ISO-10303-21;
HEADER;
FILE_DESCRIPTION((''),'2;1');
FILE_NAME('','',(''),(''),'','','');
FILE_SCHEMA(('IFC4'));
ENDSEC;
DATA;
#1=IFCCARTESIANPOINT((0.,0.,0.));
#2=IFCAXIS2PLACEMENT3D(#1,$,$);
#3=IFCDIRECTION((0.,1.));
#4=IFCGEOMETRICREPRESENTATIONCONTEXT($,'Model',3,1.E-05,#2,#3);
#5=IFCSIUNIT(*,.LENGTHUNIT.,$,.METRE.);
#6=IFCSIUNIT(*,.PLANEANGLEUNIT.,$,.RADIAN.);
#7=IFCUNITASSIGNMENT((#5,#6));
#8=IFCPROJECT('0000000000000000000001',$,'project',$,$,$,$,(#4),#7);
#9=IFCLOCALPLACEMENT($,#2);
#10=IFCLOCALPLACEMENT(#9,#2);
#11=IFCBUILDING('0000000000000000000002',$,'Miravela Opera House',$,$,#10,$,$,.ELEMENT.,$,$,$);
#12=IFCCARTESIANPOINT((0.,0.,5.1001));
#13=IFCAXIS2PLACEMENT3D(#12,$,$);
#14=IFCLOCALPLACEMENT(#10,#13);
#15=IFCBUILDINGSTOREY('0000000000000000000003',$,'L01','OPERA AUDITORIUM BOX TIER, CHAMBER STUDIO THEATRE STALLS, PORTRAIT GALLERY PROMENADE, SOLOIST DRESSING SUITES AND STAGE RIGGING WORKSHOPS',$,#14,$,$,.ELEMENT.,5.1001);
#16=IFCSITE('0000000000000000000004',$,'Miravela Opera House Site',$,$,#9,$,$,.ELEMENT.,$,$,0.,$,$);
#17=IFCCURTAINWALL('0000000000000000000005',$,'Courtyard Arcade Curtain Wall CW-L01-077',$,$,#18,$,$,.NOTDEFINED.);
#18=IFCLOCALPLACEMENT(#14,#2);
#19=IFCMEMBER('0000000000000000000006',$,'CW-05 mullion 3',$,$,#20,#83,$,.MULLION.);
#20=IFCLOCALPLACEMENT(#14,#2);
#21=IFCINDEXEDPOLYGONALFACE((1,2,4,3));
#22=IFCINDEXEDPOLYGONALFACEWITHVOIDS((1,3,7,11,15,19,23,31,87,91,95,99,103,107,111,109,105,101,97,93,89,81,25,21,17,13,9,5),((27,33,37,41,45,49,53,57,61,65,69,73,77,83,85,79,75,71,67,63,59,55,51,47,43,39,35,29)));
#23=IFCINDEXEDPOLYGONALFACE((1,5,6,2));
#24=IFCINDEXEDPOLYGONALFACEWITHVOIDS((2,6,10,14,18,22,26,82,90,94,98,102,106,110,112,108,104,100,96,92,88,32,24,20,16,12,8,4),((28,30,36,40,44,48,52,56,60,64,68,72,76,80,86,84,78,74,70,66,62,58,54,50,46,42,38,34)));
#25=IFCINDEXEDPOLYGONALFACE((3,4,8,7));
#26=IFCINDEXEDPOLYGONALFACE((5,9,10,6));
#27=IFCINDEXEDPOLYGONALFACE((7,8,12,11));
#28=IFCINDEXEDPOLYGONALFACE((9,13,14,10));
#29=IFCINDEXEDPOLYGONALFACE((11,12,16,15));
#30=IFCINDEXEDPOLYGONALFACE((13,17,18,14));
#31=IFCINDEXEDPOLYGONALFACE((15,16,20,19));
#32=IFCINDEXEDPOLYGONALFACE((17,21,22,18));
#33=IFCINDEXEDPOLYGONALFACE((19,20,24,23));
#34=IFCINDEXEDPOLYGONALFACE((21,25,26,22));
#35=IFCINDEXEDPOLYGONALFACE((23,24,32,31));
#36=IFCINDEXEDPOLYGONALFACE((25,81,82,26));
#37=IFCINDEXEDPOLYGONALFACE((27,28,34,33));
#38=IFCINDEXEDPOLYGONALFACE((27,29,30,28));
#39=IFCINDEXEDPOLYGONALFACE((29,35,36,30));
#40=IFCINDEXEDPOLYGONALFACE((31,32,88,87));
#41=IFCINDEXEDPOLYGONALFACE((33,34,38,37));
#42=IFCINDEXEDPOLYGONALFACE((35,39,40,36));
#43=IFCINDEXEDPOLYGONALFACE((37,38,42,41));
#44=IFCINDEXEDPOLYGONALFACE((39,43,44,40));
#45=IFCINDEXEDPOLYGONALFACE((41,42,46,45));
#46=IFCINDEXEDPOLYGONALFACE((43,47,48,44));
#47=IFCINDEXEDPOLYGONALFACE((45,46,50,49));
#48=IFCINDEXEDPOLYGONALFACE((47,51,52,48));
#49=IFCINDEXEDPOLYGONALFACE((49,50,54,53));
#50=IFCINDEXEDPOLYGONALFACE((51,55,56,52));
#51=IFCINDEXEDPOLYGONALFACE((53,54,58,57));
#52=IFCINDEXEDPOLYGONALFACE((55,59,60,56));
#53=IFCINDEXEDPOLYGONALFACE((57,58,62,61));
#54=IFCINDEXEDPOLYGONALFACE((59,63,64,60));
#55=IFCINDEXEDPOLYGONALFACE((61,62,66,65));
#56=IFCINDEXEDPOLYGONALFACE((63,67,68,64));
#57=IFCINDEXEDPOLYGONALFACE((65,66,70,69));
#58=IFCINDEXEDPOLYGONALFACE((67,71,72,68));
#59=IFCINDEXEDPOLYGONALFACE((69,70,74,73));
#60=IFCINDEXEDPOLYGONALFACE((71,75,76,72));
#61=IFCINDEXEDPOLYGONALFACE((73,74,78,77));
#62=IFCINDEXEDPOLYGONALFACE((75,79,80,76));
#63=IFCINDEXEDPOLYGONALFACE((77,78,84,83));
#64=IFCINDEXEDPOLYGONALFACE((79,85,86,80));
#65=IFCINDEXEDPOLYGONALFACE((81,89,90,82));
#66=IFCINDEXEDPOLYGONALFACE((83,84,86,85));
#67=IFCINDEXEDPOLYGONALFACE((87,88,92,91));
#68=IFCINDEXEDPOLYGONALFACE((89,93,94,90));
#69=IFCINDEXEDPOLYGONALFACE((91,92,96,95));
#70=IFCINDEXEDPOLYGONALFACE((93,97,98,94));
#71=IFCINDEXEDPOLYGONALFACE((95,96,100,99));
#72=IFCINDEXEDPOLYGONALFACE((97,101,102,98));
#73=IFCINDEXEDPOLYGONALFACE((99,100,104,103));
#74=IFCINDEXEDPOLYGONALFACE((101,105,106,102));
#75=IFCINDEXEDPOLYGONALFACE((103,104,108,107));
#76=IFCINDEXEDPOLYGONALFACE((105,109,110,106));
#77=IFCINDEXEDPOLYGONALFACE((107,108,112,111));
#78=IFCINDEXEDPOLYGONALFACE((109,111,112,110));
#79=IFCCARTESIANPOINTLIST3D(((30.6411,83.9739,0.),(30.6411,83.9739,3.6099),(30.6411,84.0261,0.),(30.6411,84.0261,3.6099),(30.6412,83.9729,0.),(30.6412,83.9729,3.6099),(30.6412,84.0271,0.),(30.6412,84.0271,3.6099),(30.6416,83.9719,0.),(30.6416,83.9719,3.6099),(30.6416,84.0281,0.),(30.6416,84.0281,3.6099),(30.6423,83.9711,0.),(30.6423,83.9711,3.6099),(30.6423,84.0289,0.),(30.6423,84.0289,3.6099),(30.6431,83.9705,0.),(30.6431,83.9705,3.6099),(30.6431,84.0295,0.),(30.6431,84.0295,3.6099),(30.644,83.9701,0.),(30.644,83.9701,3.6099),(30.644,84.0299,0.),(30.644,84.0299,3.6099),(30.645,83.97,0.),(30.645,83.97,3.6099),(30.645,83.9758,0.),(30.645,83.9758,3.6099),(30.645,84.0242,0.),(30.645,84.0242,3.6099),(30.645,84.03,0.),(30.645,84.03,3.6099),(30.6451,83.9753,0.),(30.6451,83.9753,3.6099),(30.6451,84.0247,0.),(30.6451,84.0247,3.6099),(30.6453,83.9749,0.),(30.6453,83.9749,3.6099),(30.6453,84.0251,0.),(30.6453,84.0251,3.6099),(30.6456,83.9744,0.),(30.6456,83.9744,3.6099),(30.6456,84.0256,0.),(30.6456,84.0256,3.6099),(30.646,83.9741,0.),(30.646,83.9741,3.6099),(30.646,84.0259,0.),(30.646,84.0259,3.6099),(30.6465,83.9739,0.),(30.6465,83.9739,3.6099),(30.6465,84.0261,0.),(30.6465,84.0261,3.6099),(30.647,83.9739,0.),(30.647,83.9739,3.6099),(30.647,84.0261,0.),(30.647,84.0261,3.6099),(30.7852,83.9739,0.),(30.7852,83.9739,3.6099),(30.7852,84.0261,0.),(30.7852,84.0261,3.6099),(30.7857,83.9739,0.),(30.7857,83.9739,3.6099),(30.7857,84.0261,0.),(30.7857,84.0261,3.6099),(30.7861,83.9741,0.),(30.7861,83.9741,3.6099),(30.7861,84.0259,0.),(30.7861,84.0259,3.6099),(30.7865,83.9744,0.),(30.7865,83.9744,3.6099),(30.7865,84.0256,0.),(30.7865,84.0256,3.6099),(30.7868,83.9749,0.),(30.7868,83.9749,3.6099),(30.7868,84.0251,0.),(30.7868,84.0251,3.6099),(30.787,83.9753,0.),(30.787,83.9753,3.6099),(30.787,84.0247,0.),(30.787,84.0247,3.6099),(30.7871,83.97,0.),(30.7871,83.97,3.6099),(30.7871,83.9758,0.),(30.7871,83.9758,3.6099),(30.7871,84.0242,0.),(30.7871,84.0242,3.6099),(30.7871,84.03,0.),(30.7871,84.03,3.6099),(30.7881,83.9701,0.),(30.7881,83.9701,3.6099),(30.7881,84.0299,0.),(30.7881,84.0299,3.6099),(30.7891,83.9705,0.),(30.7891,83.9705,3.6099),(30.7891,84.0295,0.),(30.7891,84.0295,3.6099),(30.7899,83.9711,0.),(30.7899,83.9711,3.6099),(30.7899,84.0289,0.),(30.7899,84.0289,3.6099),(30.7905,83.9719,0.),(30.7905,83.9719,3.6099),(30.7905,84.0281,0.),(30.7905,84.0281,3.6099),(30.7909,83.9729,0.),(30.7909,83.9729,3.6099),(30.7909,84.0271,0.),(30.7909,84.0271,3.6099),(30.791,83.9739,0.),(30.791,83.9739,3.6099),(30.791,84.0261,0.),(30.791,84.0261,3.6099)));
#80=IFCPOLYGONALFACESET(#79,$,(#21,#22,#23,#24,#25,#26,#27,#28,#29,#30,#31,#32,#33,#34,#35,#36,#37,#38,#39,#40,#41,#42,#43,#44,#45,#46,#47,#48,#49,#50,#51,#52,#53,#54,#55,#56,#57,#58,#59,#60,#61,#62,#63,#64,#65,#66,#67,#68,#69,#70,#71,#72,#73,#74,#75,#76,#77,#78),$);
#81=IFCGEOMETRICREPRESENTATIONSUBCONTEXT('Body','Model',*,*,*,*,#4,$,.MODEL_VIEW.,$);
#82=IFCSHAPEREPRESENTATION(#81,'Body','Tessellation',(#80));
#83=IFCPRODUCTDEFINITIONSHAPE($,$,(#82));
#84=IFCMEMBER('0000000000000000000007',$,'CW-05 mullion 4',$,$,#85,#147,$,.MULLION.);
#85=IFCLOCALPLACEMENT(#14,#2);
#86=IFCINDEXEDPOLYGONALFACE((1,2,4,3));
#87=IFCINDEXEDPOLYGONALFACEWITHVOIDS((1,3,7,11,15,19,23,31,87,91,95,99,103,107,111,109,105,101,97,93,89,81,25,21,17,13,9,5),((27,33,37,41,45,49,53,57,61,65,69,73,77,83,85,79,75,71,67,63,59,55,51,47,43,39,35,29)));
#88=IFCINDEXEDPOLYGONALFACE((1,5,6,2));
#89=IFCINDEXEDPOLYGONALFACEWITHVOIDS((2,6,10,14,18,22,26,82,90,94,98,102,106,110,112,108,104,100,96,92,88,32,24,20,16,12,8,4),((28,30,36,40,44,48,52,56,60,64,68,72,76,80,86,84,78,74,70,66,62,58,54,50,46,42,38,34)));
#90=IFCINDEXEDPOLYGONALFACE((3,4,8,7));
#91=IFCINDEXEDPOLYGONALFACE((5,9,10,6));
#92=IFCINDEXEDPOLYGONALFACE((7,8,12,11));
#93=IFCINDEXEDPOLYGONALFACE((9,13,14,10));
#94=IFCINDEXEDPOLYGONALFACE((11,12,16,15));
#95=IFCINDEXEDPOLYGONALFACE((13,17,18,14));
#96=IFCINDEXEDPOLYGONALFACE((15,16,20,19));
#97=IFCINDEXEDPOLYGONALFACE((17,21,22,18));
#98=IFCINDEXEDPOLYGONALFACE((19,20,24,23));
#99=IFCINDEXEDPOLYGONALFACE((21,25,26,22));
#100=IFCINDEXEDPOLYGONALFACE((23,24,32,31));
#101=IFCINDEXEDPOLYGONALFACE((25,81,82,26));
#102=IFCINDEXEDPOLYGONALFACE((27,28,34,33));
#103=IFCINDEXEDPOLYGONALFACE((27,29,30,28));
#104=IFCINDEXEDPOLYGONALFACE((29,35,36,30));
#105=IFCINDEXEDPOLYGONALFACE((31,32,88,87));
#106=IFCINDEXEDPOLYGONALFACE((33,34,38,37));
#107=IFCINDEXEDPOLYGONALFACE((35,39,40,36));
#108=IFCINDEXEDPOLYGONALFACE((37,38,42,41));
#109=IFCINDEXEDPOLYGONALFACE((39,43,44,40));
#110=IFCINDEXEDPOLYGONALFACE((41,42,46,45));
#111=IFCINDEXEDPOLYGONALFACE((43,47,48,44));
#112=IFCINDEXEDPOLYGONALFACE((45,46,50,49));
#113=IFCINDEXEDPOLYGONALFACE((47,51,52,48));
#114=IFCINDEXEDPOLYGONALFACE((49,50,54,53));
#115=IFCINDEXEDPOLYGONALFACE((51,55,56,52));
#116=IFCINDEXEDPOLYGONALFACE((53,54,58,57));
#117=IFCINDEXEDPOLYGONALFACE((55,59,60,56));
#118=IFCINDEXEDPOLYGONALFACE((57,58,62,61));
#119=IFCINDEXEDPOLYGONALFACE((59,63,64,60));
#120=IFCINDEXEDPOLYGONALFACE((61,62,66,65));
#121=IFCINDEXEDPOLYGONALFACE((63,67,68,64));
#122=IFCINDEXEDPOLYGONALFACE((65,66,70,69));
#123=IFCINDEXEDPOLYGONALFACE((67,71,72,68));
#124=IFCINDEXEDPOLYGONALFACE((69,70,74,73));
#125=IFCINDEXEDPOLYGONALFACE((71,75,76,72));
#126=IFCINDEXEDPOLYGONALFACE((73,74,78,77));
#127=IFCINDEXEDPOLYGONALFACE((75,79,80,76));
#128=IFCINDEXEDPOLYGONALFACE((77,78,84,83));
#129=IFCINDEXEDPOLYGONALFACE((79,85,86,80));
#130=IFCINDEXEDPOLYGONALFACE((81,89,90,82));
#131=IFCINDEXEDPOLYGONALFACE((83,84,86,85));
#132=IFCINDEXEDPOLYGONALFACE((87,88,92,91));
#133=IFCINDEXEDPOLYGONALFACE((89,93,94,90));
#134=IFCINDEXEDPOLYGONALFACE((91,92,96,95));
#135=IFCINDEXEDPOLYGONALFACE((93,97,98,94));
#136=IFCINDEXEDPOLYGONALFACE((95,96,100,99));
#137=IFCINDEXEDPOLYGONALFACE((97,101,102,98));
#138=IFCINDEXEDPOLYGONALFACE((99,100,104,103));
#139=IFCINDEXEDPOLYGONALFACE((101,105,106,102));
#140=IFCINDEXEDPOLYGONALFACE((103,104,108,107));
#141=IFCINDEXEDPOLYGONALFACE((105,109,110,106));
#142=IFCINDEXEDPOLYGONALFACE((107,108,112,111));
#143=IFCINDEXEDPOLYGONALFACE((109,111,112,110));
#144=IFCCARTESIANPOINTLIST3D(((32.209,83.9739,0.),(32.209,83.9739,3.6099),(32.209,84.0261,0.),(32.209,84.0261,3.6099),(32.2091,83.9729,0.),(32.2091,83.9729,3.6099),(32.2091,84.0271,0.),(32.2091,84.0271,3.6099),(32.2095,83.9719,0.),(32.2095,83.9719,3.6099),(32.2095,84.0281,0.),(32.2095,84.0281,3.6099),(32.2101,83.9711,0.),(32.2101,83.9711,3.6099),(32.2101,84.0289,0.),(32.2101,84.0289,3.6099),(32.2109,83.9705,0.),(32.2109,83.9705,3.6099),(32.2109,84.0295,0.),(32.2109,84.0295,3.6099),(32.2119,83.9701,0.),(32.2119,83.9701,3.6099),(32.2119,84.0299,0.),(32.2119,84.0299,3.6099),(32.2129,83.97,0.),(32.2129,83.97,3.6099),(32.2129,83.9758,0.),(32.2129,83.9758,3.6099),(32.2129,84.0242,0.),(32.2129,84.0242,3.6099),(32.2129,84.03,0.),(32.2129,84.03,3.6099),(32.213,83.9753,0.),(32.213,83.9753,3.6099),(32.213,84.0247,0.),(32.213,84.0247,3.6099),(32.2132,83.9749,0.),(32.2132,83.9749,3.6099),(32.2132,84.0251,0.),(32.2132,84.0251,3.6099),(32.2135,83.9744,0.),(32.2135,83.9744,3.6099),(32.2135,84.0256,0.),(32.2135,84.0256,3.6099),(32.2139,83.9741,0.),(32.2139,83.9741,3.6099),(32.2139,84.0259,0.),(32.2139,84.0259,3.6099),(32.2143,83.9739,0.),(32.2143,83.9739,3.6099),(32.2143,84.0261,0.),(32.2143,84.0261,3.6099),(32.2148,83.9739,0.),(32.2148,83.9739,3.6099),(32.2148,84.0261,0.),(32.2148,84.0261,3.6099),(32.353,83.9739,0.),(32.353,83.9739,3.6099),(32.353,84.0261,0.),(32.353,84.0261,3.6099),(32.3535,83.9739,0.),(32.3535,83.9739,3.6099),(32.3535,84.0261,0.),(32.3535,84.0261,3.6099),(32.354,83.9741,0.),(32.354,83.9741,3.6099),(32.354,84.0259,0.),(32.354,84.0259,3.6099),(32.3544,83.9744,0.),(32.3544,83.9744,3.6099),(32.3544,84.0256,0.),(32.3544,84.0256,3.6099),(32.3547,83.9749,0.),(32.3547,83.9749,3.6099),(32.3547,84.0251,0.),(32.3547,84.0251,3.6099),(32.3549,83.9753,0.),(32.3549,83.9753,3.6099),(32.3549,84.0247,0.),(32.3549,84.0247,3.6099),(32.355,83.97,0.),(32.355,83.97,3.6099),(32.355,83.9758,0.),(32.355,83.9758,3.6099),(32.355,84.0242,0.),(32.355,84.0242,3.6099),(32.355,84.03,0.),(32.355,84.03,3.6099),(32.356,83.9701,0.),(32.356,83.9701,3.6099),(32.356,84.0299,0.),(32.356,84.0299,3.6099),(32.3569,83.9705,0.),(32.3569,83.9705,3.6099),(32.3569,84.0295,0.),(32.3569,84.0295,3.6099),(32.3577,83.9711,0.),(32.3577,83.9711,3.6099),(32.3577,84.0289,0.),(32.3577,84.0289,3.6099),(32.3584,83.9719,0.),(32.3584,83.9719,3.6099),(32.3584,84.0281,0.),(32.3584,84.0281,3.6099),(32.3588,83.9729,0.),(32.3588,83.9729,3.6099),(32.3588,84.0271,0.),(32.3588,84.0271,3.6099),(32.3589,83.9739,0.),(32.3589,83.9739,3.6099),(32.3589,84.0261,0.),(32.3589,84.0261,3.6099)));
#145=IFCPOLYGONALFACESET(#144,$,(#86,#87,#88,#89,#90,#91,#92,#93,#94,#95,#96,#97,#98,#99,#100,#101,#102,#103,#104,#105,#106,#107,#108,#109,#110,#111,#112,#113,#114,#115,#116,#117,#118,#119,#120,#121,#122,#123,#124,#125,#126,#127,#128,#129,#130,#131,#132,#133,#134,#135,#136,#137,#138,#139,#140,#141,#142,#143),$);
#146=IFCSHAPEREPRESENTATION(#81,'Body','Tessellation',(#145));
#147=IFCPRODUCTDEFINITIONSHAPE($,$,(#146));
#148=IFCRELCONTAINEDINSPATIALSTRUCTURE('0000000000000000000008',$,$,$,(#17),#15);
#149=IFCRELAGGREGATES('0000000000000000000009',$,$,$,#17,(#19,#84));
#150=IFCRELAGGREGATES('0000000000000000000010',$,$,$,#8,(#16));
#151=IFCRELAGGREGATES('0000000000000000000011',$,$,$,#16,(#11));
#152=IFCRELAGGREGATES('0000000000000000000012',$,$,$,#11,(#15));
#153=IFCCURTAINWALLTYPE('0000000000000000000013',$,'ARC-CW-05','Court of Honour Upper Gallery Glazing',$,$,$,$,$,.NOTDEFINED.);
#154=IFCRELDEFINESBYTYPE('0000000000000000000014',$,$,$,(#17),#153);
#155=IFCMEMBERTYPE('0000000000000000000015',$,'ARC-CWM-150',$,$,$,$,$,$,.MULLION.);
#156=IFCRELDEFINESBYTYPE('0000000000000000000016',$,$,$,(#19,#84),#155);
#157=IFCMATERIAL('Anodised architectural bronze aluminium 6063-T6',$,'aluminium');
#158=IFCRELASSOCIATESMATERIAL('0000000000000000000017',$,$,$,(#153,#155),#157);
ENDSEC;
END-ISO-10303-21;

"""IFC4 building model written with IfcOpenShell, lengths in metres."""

from ifc_helpers import new_model, si_unit, direction, frame, origin, origin_2d, place, context, subcontext, project, spatial, hollow_rectangle, extrude, material, material_profile, profile_set, type_object, element, aggregate, save


model = new_model("IFC4")

# Units and contexts
model_context = context("Model", 3, precision=1e-05, world=origin(), true_north=direction((0.0, 1.0)))
body_context = subcontext(model_context, "Body", "Model", "MODEL_VIEW")
ifc_project = project(units=[si_unit("LENGTHUNIT", "METRE"), si_unit("PLANEANGLEUNIT", "RADIAN")], contexts=[model_context])

# Site, building, storey
site_placement = place(None, origin())
site = spatial("IfcSite", under=ifc_project, at=site_placement, Name="Miravela Opera House Site", CompositionType="ELEMENT", RefElevation=0.0)
building_placement = place(site_placement, origin())
building = spatial("IfcBuilding", under=site, at=building_placement, Name="Miravela Opera House", CompositionType="ELEMENT")
storey_placement = place(building_placement, frame((0.0, 0.0, 5.1001)))
storey = spatial("IfcBuildingStorey", under=building, at=storey_placement, Name="L01", Description="OPERA AUDITORIUM BOX TIER, CHAMBER STUDIO THEATRE STALLS, PORTRAIT GALLERY PROMENADE, SOLOIST DRESSING SUITES AND STAGE RIGGING WORKSHOPS", CompositionType="ELEMENT", Elevation=5.1001)

# Curtain wall, members
ifc_material_1 = material(Name="Anodised architectural bronze aluminium 6063-T6", Category="aluminium")
curtain_wall_type = type_object("IfcCurtainWallType", Name="ARC-CW-05", Description="Court of Honour Upper Gallery Glazing", PredefinedType="NOTDEFINED", material=ifc_material_1)
curtain_wall_placement = place(storey_placement, origin())
curtain_wall = element("IfcCurtainWall", 1, at=curtain_wall_placement, inside=storey, type_object=curtain_wall_type, Name="Courtyard Arcade Curtain Wall CW-L01-077", PredefinedType="NOTDEFINED")
ifc_material_profile_1 = material_profile(ifc_material_1, hollow_rectangle(XDim=0.0601, YDim=0.1499, WallThickness=0.0039, InnerFilletRadius=0.002, OuterFilletRadius=0.0039, at=origin_2d()), Name="CWM-60X150")
ifc_profile_set_1 = profile_set([ifc_material_profile_1])
member_type_1 = type_object("IfcMemberType", Name="ARC-CWM-150", PredefinedType="MULLION", material=ifc_profile_set_1)
member_1_placement = place(storey_placement, frame((30.7161, 84.0, 0.0), z_axis=(0.0, 0.0, 1.0), x_axis=(0.0, 1.0, 0.0)))
member_1 = element("IfcMember", 2, at=member_1_placement, type_object=member_type_1, Name="CW-05 mullion 3", PredefinedType="MULLION", context=body_context, shape_type="SweptSolid", body=[
    extrude(hollow_rectangle(XDim=0.0601, YDim=0.1499, WallThickness=0.0039, InnerFilletRadius=0.002, OuterFilletRadius=0.0039, at=origin_2d()), origin(), (0.0, 0.0, 1.0), 3.6099),
])
member_2_placement = place(storey_placement, frame((32.2839, 84.0, 0.0), z_axis=(0.0, 0.0, 1.0), x_axis=(0.0, 1.0, 0.0)))
member_2 = element("IfcMember", 3, at=member_2_placement, type_object=member_type_1, Name="CW-05 mullion 4", PredefinedType="MULLION", context=body_context, shape_type="SweptSolid", body=[
    extrude(hollow_rectangle(XDim=0.0601, YDim=0.1499, WallThickness=0.0039, InnerFilletRadius=0.002, OuterFilletRadius=0.0039, at=origin_2d()), origin(), (0.0, 0.0, 1.0), 3.6099),
])
aggregate(curtain_wall, [member_1, member_2])

save(model, "model.ifc")
